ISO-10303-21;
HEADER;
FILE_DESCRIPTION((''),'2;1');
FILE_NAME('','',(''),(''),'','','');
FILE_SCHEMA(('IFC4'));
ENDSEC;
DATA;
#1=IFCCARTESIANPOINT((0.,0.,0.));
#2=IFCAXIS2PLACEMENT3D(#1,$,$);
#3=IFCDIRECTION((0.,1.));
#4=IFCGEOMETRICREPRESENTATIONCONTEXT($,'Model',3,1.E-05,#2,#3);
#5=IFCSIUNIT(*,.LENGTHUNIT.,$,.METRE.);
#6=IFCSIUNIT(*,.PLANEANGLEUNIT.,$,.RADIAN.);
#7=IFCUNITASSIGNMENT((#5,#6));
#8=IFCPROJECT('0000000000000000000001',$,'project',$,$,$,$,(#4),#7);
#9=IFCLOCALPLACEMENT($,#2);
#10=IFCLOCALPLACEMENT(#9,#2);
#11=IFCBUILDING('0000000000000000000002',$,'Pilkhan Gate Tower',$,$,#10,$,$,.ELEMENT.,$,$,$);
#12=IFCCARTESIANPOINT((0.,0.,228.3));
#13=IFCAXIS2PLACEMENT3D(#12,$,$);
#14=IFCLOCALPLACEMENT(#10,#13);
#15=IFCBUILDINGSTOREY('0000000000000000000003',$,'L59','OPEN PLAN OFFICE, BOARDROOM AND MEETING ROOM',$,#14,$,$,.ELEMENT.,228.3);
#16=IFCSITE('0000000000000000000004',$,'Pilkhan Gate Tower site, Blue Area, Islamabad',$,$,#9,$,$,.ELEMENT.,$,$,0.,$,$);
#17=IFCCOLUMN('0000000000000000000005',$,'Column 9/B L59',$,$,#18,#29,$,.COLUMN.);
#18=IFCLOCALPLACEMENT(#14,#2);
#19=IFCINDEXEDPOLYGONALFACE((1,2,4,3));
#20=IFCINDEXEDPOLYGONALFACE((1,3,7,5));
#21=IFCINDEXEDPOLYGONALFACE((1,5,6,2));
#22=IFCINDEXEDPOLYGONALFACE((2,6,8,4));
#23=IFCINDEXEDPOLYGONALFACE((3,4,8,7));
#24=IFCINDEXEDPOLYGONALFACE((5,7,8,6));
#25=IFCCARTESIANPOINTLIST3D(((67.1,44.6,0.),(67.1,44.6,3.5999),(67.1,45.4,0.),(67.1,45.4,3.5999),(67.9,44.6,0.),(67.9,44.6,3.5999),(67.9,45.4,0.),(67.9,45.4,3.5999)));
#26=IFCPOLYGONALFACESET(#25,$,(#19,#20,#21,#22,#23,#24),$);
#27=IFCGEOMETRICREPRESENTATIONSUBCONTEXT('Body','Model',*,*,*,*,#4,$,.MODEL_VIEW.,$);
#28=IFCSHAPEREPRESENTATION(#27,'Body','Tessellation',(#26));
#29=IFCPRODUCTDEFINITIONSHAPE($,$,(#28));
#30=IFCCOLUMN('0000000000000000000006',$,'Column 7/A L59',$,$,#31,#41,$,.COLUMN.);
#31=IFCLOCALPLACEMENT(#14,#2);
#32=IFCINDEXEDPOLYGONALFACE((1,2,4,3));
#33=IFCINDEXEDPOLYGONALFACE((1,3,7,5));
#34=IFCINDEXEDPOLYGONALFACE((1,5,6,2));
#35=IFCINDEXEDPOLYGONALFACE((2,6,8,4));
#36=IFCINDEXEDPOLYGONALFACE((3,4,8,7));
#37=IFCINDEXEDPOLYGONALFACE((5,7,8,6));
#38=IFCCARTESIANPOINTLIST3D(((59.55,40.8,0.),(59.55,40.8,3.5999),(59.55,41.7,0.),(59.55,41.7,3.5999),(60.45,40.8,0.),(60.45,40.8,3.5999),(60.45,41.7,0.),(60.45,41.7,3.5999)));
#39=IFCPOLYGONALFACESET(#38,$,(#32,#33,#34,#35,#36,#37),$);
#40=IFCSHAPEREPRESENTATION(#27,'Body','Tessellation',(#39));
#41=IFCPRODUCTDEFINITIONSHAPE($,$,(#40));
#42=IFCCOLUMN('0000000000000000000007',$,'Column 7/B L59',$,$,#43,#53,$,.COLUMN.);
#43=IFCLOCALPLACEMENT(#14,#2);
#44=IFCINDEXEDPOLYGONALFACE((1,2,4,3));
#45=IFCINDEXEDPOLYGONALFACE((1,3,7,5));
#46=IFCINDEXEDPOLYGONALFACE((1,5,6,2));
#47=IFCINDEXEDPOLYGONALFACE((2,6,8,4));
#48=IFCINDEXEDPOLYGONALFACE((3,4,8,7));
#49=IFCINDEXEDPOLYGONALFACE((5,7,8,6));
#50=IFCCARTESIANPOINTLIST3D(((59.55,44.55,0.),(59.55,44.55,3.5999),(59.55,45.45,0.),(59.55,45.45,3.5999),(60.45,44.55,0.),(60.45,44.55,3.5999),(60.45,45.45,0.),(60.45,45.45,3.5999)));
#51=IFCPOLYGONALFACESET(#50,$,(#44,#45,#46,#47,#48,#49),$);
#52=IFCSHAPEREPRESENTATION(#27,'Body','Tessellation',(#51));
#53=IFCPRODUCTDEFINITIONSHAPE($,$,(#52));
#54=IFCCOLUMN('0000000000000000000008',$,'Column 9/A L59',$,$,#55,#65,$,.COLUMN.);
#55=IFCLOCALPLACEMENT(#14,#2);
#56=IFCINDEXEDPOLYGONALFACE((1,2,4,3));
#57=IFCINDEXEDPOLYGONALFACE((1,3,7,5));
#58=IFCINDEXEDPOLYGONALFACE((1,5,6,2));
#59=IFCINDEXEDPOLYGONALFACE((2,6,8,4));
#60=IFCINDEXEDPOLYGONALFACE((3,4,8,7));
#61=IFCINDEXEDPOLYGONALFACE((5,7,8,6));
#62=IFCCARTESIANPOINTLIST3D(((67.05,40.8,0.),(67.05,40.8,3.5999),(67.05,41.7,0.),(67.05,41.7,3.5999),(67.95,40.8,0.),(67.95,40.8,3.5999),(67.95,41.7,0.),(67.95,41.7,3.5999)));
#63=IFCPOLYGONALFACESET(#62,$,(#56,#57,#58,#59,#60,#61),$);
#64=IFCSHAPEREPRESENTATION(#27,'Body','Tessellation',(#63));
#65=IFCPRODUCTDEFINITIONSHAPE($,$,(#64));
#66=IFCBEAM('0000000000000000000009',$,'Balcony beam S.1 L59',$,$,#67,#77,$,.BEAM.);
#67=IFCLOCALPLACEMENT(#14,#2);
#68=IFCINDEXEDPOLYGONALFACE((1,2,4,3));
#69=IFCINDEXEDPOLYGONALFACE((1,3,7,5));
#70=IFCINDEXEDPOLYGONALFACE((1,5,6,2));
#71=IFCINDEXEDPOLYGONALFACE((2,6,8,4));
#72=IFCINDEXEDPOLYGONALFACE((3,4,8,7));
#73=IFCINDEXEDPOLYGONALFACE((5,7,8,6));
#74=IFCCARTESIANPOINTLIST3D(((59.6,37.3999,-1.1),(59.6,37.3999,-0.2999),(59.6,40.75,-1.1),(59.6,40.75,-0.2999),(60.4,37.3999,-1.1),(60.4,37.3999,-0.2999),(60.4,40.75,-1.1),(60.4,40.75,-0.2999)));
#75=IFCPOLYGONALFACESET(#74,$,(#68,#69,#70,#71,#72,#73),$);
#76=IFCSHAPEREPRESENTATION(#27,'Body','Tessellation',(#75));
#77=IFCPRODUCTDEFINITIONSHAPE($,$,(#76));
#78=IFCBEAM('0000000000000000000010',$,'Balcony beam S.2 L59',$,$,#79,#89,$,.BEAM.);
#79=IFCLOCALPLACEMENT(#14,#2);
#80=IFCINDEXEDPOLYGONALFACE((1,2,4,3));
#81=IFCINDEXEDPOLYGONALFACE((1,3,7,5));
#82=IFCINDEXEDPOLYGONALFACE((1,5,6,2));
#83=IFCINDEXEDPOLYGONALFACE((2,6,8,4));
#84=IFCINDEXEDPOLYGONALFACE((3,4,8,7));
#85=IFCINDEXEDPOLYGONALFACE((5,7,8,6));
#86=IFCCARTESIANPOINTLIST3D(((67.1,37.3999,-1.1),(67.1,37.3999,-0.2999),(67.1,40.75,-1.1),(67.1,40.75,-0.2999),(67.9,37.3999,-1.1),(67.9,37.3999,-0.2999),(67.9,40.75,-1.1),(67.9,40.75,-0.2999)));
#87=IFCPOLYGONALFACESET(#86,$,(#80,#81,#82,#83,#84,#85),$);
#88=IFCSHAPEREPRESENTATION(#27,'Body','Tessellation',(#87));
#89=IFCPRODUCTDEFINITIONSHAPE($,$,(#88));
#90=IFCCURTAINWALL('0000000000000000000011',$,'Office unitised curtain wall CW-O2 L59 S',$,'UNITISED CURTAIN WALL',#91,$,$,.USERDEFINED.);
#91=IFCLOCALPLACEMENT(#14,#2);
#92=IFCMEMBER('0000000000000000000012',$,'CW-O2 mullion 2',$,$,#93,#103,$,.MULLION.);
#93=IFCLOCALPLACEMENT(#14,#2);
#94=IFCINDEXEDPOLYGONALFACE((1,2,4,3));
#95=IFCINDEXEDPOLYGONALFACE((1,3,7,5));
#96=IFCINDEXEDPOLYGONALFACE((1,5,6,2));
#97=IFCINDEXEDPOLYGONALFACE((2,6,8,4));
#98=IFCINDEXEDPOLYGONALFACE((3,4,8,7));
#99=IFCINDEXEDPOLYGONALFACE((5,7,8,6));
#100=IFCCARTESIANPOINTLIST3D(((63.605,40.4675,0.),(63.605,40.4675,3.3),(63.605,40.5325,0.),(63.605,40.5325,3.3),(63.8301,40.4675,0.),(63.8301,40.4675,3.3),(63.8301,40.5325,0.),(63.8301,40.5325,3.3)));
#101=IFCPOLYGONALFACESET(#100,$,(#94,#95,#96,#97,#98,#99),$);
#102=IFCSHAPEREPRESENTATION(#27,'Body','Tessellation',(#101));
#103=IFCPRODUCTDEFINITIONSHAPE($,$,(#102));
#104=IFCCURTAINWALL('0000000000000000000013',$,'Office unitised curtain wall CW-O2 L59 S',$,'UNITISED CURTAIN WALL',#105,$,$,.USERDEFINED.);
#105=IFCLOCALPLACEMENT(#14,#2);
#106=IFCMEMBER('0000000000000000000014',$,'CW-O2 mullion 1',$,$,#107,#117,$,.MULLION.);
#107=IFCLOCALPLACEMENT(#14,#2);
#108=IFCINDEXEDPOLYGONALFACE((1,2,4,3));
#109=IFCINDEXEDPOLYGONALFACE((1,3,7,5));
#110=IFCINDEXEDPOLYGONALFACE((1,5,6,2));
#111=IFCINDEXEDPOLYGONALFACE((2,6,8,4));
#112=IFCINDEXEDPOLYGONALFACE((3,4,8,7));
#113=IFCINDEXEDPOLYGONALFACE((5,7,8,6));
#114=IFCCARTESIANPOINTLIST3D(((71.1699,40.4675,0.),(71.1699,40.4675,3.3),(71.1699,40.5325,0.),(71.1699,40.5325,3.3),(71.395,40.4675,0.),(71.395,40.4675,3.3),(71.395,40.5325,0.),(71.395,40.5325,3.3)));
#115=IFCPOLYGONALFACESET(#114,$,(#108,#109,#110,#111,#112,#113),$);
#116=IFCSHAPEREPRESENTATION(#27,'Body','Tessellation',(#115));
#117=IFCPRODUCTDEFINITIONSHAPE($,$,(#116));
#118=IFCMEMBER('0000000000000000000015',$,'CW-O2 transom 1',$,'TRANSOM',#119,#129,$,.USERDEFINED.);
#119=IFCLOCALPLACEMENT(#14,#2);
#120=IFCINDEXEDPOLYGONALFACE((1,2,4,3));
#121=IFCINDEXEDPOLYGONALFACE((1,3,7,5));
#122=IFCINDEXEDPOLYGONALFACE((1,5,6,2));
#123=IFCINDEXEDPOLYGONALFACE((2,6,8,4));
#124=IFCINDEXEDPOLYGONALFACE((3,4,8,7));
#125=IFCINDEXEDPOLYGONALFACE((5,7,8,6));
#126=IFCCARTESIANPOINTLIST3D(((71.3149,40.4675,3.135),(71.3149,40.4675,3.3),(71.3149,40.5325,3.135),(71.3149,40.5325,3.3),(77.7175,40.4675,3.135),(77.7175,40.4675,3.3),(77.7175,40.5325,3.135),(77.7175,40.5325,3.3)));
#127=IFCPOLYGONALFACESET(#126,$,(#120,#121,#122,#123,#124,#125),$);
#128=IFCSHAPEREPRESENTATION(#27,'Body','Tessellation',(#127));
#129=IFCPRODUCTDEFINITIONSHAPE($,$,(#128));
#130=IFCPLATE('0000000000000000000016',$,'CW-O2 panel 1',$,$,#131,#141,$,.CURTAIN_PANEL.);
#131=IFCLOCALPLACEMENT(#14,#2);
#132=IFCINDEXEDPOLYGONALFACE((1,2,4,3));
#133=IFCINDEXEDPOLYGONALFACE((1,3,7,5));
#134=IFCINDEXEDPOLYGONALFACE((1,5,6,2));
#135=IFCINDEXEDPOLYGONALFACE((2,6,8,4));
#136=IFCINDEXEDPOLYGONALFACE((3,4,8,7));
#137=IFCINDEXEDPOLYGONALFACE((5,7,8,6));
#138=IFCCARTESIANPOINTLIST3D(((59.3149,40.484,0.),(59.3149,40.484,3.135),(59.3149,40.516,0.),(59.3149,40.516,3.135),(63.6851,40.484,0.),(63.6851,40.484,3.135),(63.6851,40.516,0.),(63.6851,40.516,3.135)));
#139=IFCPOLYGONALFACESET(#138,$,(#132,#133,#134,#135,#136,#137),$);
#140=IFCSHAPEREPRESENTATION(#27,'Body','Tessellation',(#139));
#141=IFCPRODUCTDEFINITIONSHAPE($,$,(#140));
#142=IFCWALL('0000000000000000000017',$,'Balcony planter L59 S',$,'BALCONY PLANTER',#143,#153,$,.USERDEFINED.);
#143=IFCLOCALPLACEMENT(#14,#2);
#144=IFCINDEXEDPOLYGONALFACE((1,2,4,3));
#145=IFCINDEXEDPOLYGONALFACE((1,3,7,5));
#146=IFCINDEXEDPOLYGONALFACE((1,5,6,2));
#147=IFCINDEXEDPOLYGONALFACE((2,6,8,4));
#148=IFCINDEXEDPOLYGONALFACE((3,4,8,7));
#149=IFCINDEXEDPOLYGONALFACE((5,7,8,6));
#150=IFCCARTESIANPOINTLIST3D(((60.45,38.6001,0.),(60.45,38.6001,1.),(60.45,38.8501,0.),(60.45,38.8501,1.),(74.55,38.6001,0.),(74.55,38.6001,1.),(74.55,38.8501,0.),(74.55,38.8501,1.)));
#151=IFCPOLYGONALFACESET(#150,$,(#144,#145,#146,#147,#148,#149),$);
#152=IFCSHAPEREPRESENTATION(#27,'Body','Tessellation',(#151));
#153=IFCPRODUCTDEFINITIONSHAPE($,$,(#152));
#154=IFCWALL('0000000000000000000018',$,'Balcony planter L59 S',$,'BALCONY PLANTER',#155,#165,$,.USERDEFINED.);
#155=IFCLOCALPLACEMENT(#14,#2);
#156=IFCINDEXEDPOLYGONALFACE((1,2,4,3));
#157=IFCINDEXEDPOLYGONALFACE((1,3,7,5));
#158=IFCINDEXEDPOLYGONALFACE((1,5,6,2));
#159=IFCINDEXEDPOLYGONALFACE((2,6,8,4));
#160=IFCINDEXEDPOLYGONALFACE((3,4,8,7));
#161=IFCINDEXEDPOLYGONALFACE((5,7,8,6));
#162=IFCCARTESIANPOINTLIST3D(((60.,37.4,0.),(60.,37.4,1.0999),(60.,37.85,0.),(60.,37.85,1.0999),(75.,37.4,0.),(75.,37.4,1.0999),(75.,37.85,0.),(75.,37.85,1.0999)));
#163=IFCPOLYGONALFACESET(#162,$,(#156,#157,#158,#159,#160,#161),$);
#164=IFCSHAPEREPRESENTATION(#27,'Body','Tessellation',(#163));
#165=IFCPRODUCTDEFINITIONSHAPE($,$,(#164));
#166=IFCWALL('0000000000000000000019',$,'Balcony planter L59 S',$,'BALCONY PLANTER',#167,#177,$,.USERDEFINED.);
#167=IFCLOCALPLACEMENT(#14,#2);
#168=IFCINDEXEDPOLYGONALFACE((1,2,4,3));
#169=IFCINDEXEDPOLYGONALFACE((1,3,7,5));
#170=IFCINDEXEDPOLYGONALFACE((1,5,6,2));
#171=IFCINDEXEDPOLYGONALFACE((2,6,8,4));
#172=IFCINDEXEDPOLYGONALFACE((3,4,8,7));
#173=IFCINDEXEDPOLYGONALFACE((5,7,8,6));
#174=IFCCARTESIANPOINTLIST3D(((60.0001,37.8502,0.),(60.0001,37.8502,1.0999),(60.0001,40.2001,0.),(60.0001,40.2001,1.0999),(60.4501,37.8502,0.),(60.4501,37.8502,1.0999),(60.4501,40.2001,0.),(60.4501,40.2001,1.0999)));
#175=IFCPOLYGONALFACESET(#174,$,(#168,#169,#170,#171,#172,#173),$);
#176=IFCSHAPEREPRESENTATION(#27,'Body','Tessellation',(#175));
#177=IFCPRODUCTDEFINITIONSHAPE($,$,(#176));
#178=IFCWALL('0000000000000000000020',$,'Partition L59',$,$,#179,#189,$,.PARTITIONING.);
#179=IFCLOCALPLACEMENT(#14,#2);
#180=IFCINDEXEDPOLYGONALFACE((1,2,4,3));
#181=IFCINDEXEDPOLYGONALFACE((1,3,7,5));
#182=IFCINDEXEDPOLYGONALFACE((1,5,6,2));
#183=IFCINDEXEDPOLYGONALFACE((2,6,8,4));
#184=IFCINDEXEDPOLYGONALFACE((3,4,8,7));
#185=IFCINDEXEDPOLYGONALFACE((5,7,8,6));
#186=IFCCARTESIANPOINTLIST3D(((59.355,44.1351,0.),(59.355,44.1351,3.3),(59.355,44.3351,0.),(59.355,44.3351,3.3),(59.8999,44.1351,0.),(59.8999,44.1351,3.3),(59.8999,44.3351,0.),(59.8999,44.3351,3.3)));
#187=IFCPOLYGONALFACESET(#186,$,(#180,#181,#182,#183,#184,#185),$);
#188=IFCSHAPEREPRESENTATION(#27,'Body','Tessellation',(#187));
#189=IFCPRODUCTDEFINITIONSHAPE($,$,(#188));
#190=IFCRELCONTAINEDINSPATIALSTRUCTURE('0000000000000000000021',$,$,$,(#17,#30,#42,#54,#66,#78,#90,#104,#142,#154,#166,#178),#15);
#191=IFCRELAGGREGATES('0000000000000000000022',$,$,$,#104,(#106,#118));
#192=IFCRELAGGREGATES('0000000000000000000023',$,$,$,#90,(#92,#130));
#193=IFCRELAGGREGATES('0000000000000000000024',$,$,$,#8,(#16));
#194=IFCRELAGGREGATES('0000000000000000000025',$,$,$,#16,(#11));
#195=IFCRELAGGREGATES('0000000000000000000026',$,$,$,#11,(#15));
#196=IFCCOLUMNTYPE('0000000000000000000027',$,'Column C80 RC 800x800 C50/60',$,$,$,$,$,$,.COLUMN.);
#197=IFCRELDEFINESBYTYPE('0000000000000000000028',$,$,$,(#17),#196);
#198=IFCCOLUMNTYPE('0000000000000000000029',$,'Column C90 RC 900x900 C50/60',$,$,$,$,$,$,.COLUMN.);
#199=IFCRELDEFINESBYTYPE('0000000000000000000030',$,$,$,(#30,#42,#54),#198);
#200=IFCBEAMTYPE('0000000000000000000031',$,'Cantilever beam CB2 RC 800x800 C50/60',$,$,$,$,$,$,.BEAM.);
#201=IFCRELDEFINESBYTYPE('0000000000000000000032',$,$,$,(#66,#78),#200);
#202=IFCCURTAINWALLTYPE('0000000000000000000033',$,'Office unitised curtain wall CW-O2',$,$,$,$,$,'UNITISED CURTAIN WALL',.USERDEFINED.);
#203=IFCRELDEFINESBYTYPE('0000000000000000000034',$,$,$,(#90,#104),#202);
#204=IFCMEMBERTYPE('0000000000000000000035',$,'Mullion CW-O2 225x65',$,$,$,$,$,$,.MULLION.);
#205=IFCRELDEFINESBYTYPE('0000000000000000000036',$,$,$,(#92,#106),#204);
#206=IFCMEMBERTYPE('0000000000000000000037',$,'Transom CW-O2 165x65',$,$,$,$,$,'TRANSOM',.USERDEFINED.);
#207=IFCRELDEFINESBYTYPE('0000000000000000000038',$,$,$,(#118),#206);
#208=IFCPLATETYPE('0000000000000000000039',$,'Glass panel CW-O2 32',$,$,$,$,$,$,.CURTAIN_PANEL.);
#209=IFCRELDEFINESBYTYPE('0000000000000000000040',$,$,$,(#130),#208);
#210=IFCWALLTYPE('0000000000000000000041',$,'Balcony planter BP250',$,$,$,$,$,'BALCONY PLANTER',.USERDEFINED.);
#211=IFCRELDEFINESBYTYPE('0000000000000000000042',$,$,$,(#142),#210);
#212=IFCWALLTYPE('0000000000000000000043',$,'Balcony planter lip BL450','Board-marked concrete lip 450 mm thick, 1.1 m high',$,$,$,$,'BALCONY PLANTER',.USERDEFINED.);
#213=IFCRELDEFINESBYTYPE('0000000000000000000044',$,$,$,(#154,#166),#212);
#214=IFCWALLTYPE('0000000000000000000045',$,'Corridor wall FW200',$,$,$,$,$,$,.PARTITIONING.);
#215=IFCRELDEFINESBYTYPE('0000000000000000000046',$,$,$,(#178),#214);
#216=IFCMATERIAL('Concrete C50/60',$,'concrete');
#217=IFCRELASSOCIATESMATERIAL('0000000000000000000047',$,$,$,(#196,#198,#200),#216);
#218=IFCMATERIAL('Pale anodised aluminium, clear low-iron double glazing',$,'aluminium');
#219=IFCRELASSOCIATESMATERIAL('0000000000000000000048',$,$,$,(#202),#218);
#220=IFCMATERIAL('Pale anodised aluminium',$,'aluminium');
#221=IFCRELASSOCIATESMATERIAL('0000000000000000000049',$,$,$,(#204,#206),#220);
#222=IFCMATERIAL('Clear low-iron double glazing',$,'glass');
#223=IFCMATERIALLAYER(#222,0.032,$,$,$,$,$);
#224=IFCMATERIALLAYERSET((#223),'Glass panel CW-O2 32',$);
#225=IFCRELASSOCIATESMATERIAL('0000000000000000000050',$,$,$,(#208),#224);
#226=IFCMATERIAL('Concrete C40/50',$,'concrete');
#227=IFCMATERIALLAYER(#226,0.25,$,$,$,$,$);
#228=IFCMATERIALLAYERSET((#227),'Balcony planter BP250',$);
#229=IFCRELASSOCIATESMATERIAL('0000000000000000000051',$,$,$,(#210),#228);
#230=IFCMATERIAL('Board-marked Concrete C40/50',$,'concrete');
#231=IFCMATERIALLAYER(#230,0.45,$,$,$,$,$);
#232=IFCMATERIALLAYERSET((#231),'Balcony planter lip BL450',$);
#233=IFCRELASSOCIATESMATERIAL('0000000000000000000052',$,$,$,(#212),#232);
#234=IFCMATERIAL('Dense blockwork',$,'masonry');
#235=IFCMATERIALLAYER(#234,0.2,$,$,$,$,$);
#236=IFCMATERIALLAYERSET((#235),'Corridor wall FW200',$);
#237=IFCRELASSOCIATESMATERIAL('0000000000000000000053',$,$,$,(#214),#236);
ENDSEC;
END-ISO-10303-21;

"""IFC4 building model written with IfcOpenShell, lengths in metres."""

from ifc_helpers import new_model, si_unit, direction, frame, frame_2d, origin, origin_2d, place, context, subcontext, project, spatial, rectangle, extrude, material, layer, layer_set, material_profile, profile_set, type_object, element, aggregate, save


model = new_model("IFC4")

# Units and contexts
model_context = context("Model", 3, precision=1e-05, world=origin(), true_north=direction((0.0, 1.0)))
body_context = subcontext(model_context, "Body", "Model", "MODEL_VIEW")
ifc_project = project(units=[si_unit("LENGTHUNIT", "METRE"), si_unit("PLANEANGLEUNIT", "RADIAN")], contexts=[model_context])

# Site, building, storey
site_placement = place(None, origin())
site = spatial("IfcSite", under=ifc_project, at=site_placement, Name="Pilkhan Gate Tower site, Blue Area, Islamabad", CompositionType="ELEMENT", RefElevation=0.0)
building_placement = place(site_placement, origin())
building = spatial("IfcBuilding", under=site, at=building_placement, Name="Pilkhan Gate Tower", CompositionType="ELEMENT")
storey_placement = place(building_placement, frame((0.0, 0.0, 228.3)))
storey = spatial("IfcBuildingStorey", under=building, at=storey_placement, Name="L59", Description="OPEN PLAN OFFICE, BOARDROOM AND MEETING ROOM", CompositionType="ELEMENT", Elevation=228.3)

# Columns
ifc_material_1 = material(Name="Concrete C50/60", Category="concrete")
ifc_material_profile_1 = material_profile(ifc_material_1, rectangle(XDim=0.8, YDim=0.8, at=origin_2d()), Name="RC 800x800")
ifc_profile_set_1 = profile_set([ifc_material_profile_1], Name="Concrete C50/60")
column_type_1 = type_object("IfcColumnType", Name="Column C80 RC 800x800 C50/60", PredefinedType="COLUMN", material=ifc_profile_set_1)
column_placement = place(storey_placement, frame((67.5, 45.0, 0.0), z_axis=(0.0, 0.0, 1.0), x_axis=(1.0, 0.0, 0.0)))
element("IfcColumn", 1, at=column_placement, inside=storey, type_object=column_type_1, Name="Column 9/B L59", PredefinedType="COLUMN", context=body_context, shape_type="SweptSolid", body=[
    extrude(rectangle(XDim=0.8, YDim=0.8, at=origin_2d()), origin(), (0.0, 0.0, 1.0), 3.5999),
])
ifc_material_profile_2 = material_profile(ifc_material_1, rectangle(XDim=0.8999, YDim=0.8999, at=origin_2d()), Name="RC 900x900")
ifc_profile_set_2 = profile_set([ifc_material_profile_2], Name="Concrete C50/60")
column_type_2 = type_object("IfcColumnType", Name="Column C90 RC 900x900 C50/60", PredefinedType="COLUMN", material=ifc_profile_set_2)
for number, where, z_axis, x_axis, name in (
    (2, (60.0, 41.25, 0.0), (0.0, 0.0, 1.0), (1.0, 0.0, 0.0), "Column 7/A L59"),
    (3, (60.0, 45.0, 0.0), (0.0, 0.0, 1.0), (1.0, 0.0, 0.0), "Column 7/B L59"),
    (4, (67.5, 41.25, 0.0), (0.0, 0.0, 1.0), (1.0, 0.0, 0.0), "Column 9/A L59"),
):
    element("IfcColumn", number, at=place(storey_placement, frame(where, z_axis=z_axis, x_axis=x_axis)), inside=storey, type_object=column_type_2, Name=name, PredefinedType="COLUMN", context=body_context, shape_type="SweptSolid", body=[
        extrude(rectangle(XDim=0.8999, YDim=0.8999, at=origin_2d()), origin(), (0.0, 0.0, 1.0), 3.5999),
    ])

# Beams
ifc_material_profile_3 = material_profile(ifc_material_1, rectangle(XDim=0.8, YDim=0.8, at=origin_2d()), Name="RC 800x800")
ifc_profile_set_3 = profile_set([ifc_material_profile_3], Name="Concrete C50/60")
beam_type = type_object("IfcBeamType", Name="Cantilever beam CB2 RC 800x800 C50/60", PredefinedType="BEAM", material=ifc_profile_set_3)
for number, where, z_axis, x_axis, name in (
    (5, (60.0, 40.75, -0.7), (0.0, -1.0, 0.0), (1.0, 0.0, 0.0), "Balcony beam S.1 L59"),
    (6, (67.5, 40.75, -0.7), (0.0, -1.0, 0.0), (1.0, 0.0, 0.0), "Balcony beam S.2 L59"),
):
    element("IfcBeam", number, at=place(storey_placement, frame(where, z_axis=z_axis, x_axis=x_axis)), inside=storey, type_object=beam_type, Name=name, PredefinedType="BEAM", context=body_context, shape_type="SweptSolid", body=[
        extrude(rectangle(XDim=0.8, YDim=0.8, at=origin_2d()), origin(), (0.0, 0.0, 1.0), 3.3501),
    ])

# Curtain wall, member
ifc_material_2 = material(Name="Pale anodised aluminium, clear low-iron double glazing", Category="aluminium")
curtain_wall_type = type_object("IfcCurtainWallType", Name="Office unitised curtain wall CW-O2", ElementType="UNITISED CURTAIN WALL", PredefinedType="USERDEFINED", material=ifc_material_2)
curtain_wall_1_placement = place(storey_placement, origin())
curtain_wall_1 = element("IfcCurtainWall", 7, at=curtain_wall_1_placement, inside=storey, type_object=curtain_wall_type, Name="Office unitised curtain wall CW-O2 L59 S", ObjectType="UNITISED CURTAIN WALL", PredefinedType="USERDEFINED")
ifc_material_3 = material(Name="Pale anodised aluminium", Category="aluminium")
ifc_material_profile_4 = material_profile(ifc_material_3, rectangle(XDim=0.0649, YDim=0.2251, at=origin_2d()), Name="Mullion 225x65")
ifc_profile_set_4 = profile_set([ifc_material_profile_4], Name="Pale anodised aluminium")
member_type_1 = type_object("IfcMemberType", Name="Mullion CW-O2 225x65", PredefinedType="MULLION", material=ifc_profile_set_4)
member_1_placement = place(storey_placement, frame((63.7175, 40.5, 0.0), z_axis=(0.0, 0.0, 1.0), x_axis=(0.0, 1.0, 0.0)))
member_1 = element("IfcMember", 8, at=member_1_placement, type_object=member_type_1, Name="CW-O2 mullion 2", PredefinedType="MULLION", context=body_context, shape_type="SweptSolid", body=[
    extrude(rectangle(XDim=0.0649, YDim=0.2251, at=origin_2d()), origin(), (0.0, 0.0, 1.0), 3.3),
])

# Curtain wall, members
curtain_wall_2_placement = place(storey_placement, origin())
curtain_wall_2 = element("IfcCurtainWall", 9, at=curtain_wall_2_placement, inside=storey, type_object=curtain_wall_type, Name="Office unitised curtain wall CW-O2 L59 S", ObjectType="UNITISED CURTAIN WALL", PredefinedType="USERDEFINED")
member_2_placement = place(storey_placement, frame((71.2825, 40.5, 0.0), z_axis=(0.0, 0.0, 1.0), x_axis=(0.0, 1.0, 0.0)))
member_2 = element("IfcMember", 10, at=member_2_placement, type_object=member_type_1, Name="CW-O2 mullion 1", PredefinedType="MULLION", context=body_context, shape_type="SweptSolid", body=[
    extrude(rectangle(XDim=0.0649, YDim=0.2251, at=origin_2d()), origin(), (0.0, 0.0, 1.0), 3.3),
])
ifc_material_profile_5 = material_profile(ifc_material_3, rectangle(XDim=0.0649, YDim=0.165, at=origin_2d()), Name="Transom 165x65")
ifc_profile_set_5 = profile_set([ifc_material_profile_5], Name="Pale anodised aluminium")
member_type_2 = type_object("IfcMemberType", Name="Transom CW-O2 165x65", ElementType="TRANSOM", PredefinedType="USERDEFINED", material=ifc_profile_set_5)
member_3_placement = place(storey_placement, frame((71.3149, 40.5, 3.2175), z_axis=(1.0, 0.0, 0.0), x_axis=(0.0, 1.0, 0.0)))
member_3 = element("IfcMember", 11, at=member_3_placement, type_object=member_type_2, Name="CW-O2 transom 1", ObjectType="TRANSOM", PredefinedType="USERDEFINED", context=body_context, shape_type="SweptSolid", body=[
    extrude(rectangle(XDim=0.0649, YDim=0.165, at=origin_2d()), origin(), (0.0, 0.0, 1.0), 6.4026),
])
aggregate(curtain_wall_2, [member_2, member_3])

# Plate
ifc_material_4 = material(Name="Clear low-iron double glazing", Category="glass")
ifc_layer_1 = layer(ifc_material_4, 0.032)
ifc_layer_set_1 = layer_set([ifc_layer_1], Name="Glass panel CW-O2 32")
plate_type = type_object("IfcPlateType", Name="Glass panel CW-O2 32", PredefinedType="CURTAIN_PANEL", material=ifc_layer_set_1)
plate_placement = place(storey_placement, frame((61.5, 40.5, 0.0), z_axis=(0.0, 0.0, 1.0), x_axis=(1.0, 0.0, 0.0)))
plate = element("IfcPlate", 12, at=plate_placement, type_object=plate_type, Name="CW-O2 panel 1", PredefinedType="CURTAIN_PANEL", context=body_context, shape_type="SweptSolid", body=[
    extrude(rectangle(XDim=4.3701, YDim=0.032, at=origin_2d()), origin(), (0.0, 0.0, 1.0), 3.135),
])
aggregate(curtain_wall_1, [member_1, plate])

# Walls
ifc_material_5 = material(Name="Concrete C40/50", Category="concrete")
ifc_layer_2 = layer(ifc_material_5, 0.25)
ifc_layer_set_2 = layer_set([ifc_layer_2], Name="Balcony planter BP250")
wall_type_1 = type_object("IfcWallType", Name="Balcony planter BP250", ElementType="BALCONY PLANTER", PredefinedType="USERDEFINED", material=ifc_layer_set_2)
wall_1_placement = place(storey_placement, frame((60.45, 38.7251, 0.0), z_axis=(0.0, 0.0, 1.0), x_axis=(1.0, 0.0, 0.0)))
element("IfcWall", 13, at=wall_1_placement, inside=storey, type_object=wall_type_1, Name="Balcony planter L59 S", ObjectType="BALCONY PLANTER", PredefinedType="USERDEFINED", context=body_context, shape_type="SweptSolid", body=[
    extrude(rectangle(XDim=14.1001, YDim=0.25, at=frame_2d((7.05, 0.0))), origin(), (0.0, 0.0, 1.0), 1.0),
])
ifc_material_6 = material(Name="Board-marked Concrete C40/50", Category="concrete")
ifc_layer_3 = layer(ifc_material_6, 0.45)
ifc_layer_set_3 = layer_set([ifc_layer_3], Name="Balcony planter lip BL450")
wall_type_2 = type_object("IfcWallType", Name="Balcony planter lip BL450", Description="Board-marked concrete lip 450 mm thick, 1.1 m high", ElementType="BALCONY PLANTER", PredefinedType="USERDEFINED", material=ifc_layer_set_3)
wall_2_placement = place(storey_placement, frame((60.0, 37.625, 0.0), z_axis=(0.0, 0.0, 1.0), x_axis=(1.0, 0.0, 0.0)))
element("IfcWall", 14, at=wall_2_placement, inside=storey, type_object=wall_type_2, Name="Balcony planter L59 S", ObjectType="BALCONY PLANTER", PredefinedType="USERDEFINED", context=body_context, shape_type="SweptSolid", body=[
    extrude(rectangle(XDim=15.0, YDim=0.45, at=frame_2d((7.5, 0.0))), origin(), (0.0, 0.0, 1.0), 1.0999),
])
wall_3_placement = place(storey_placement, frame((60.2251, 40.2, 0.0), z_axis=(0.0, 0.0, 1.0), x_axis=(0.0, -1.0, 0.0)))
element("IfcWall", 15, at=wall_3_placement, inside=storey, type_object=wall_type_2, Name="Balcony planter L59 S", ObjectType="BALCONY PLANTER", PredefinedType="USERDEFINED", context=body_context, shape_type="SweptSolid", body=[
    extrude(rectangle(XDim=2.3499, YDim=0.45, at=frame_2d((1.1748, 0.0))), origin(), (0.0, 0.0, 1.0), 1.0999),
])
ifc_material_7 = material(Name="Dense blockwork", Category="masonry")
ifc_layer_4 = layer(ifc_material_7, 0.2)
ifc_layer_set_4 = layer_set([ifc_layer_4], Name="Corridor wall FW200")
wall_type_3 = type_object("IfcWallType", Name="Corridor wall FW200", PredefinedType="PARTITIONING", material=ifc_layer_set_4)
wall_4_placement = place(storey_placement, frame((59.355, 44.2351, 0.0), z_axis=(0.0, 0.0, 1.0), x_axis=(1.0, 0.0, 0.0)))
element("IfcWall", 16, at=wall_4_placement, inside=storey, type_object=wall_type_3, Name="Partition L59", PredefinedType="PARTITIONING", context=body_context, shape_type="SweptSolid", body=[
    extrude(rectangle(XDim=0.5449, YDim=0.2, at=frame_2d((0.2725, 0.0))), origin(), (0.0, 0.0, 1.0), 3.3),
])

save(model, "model.ifc")
